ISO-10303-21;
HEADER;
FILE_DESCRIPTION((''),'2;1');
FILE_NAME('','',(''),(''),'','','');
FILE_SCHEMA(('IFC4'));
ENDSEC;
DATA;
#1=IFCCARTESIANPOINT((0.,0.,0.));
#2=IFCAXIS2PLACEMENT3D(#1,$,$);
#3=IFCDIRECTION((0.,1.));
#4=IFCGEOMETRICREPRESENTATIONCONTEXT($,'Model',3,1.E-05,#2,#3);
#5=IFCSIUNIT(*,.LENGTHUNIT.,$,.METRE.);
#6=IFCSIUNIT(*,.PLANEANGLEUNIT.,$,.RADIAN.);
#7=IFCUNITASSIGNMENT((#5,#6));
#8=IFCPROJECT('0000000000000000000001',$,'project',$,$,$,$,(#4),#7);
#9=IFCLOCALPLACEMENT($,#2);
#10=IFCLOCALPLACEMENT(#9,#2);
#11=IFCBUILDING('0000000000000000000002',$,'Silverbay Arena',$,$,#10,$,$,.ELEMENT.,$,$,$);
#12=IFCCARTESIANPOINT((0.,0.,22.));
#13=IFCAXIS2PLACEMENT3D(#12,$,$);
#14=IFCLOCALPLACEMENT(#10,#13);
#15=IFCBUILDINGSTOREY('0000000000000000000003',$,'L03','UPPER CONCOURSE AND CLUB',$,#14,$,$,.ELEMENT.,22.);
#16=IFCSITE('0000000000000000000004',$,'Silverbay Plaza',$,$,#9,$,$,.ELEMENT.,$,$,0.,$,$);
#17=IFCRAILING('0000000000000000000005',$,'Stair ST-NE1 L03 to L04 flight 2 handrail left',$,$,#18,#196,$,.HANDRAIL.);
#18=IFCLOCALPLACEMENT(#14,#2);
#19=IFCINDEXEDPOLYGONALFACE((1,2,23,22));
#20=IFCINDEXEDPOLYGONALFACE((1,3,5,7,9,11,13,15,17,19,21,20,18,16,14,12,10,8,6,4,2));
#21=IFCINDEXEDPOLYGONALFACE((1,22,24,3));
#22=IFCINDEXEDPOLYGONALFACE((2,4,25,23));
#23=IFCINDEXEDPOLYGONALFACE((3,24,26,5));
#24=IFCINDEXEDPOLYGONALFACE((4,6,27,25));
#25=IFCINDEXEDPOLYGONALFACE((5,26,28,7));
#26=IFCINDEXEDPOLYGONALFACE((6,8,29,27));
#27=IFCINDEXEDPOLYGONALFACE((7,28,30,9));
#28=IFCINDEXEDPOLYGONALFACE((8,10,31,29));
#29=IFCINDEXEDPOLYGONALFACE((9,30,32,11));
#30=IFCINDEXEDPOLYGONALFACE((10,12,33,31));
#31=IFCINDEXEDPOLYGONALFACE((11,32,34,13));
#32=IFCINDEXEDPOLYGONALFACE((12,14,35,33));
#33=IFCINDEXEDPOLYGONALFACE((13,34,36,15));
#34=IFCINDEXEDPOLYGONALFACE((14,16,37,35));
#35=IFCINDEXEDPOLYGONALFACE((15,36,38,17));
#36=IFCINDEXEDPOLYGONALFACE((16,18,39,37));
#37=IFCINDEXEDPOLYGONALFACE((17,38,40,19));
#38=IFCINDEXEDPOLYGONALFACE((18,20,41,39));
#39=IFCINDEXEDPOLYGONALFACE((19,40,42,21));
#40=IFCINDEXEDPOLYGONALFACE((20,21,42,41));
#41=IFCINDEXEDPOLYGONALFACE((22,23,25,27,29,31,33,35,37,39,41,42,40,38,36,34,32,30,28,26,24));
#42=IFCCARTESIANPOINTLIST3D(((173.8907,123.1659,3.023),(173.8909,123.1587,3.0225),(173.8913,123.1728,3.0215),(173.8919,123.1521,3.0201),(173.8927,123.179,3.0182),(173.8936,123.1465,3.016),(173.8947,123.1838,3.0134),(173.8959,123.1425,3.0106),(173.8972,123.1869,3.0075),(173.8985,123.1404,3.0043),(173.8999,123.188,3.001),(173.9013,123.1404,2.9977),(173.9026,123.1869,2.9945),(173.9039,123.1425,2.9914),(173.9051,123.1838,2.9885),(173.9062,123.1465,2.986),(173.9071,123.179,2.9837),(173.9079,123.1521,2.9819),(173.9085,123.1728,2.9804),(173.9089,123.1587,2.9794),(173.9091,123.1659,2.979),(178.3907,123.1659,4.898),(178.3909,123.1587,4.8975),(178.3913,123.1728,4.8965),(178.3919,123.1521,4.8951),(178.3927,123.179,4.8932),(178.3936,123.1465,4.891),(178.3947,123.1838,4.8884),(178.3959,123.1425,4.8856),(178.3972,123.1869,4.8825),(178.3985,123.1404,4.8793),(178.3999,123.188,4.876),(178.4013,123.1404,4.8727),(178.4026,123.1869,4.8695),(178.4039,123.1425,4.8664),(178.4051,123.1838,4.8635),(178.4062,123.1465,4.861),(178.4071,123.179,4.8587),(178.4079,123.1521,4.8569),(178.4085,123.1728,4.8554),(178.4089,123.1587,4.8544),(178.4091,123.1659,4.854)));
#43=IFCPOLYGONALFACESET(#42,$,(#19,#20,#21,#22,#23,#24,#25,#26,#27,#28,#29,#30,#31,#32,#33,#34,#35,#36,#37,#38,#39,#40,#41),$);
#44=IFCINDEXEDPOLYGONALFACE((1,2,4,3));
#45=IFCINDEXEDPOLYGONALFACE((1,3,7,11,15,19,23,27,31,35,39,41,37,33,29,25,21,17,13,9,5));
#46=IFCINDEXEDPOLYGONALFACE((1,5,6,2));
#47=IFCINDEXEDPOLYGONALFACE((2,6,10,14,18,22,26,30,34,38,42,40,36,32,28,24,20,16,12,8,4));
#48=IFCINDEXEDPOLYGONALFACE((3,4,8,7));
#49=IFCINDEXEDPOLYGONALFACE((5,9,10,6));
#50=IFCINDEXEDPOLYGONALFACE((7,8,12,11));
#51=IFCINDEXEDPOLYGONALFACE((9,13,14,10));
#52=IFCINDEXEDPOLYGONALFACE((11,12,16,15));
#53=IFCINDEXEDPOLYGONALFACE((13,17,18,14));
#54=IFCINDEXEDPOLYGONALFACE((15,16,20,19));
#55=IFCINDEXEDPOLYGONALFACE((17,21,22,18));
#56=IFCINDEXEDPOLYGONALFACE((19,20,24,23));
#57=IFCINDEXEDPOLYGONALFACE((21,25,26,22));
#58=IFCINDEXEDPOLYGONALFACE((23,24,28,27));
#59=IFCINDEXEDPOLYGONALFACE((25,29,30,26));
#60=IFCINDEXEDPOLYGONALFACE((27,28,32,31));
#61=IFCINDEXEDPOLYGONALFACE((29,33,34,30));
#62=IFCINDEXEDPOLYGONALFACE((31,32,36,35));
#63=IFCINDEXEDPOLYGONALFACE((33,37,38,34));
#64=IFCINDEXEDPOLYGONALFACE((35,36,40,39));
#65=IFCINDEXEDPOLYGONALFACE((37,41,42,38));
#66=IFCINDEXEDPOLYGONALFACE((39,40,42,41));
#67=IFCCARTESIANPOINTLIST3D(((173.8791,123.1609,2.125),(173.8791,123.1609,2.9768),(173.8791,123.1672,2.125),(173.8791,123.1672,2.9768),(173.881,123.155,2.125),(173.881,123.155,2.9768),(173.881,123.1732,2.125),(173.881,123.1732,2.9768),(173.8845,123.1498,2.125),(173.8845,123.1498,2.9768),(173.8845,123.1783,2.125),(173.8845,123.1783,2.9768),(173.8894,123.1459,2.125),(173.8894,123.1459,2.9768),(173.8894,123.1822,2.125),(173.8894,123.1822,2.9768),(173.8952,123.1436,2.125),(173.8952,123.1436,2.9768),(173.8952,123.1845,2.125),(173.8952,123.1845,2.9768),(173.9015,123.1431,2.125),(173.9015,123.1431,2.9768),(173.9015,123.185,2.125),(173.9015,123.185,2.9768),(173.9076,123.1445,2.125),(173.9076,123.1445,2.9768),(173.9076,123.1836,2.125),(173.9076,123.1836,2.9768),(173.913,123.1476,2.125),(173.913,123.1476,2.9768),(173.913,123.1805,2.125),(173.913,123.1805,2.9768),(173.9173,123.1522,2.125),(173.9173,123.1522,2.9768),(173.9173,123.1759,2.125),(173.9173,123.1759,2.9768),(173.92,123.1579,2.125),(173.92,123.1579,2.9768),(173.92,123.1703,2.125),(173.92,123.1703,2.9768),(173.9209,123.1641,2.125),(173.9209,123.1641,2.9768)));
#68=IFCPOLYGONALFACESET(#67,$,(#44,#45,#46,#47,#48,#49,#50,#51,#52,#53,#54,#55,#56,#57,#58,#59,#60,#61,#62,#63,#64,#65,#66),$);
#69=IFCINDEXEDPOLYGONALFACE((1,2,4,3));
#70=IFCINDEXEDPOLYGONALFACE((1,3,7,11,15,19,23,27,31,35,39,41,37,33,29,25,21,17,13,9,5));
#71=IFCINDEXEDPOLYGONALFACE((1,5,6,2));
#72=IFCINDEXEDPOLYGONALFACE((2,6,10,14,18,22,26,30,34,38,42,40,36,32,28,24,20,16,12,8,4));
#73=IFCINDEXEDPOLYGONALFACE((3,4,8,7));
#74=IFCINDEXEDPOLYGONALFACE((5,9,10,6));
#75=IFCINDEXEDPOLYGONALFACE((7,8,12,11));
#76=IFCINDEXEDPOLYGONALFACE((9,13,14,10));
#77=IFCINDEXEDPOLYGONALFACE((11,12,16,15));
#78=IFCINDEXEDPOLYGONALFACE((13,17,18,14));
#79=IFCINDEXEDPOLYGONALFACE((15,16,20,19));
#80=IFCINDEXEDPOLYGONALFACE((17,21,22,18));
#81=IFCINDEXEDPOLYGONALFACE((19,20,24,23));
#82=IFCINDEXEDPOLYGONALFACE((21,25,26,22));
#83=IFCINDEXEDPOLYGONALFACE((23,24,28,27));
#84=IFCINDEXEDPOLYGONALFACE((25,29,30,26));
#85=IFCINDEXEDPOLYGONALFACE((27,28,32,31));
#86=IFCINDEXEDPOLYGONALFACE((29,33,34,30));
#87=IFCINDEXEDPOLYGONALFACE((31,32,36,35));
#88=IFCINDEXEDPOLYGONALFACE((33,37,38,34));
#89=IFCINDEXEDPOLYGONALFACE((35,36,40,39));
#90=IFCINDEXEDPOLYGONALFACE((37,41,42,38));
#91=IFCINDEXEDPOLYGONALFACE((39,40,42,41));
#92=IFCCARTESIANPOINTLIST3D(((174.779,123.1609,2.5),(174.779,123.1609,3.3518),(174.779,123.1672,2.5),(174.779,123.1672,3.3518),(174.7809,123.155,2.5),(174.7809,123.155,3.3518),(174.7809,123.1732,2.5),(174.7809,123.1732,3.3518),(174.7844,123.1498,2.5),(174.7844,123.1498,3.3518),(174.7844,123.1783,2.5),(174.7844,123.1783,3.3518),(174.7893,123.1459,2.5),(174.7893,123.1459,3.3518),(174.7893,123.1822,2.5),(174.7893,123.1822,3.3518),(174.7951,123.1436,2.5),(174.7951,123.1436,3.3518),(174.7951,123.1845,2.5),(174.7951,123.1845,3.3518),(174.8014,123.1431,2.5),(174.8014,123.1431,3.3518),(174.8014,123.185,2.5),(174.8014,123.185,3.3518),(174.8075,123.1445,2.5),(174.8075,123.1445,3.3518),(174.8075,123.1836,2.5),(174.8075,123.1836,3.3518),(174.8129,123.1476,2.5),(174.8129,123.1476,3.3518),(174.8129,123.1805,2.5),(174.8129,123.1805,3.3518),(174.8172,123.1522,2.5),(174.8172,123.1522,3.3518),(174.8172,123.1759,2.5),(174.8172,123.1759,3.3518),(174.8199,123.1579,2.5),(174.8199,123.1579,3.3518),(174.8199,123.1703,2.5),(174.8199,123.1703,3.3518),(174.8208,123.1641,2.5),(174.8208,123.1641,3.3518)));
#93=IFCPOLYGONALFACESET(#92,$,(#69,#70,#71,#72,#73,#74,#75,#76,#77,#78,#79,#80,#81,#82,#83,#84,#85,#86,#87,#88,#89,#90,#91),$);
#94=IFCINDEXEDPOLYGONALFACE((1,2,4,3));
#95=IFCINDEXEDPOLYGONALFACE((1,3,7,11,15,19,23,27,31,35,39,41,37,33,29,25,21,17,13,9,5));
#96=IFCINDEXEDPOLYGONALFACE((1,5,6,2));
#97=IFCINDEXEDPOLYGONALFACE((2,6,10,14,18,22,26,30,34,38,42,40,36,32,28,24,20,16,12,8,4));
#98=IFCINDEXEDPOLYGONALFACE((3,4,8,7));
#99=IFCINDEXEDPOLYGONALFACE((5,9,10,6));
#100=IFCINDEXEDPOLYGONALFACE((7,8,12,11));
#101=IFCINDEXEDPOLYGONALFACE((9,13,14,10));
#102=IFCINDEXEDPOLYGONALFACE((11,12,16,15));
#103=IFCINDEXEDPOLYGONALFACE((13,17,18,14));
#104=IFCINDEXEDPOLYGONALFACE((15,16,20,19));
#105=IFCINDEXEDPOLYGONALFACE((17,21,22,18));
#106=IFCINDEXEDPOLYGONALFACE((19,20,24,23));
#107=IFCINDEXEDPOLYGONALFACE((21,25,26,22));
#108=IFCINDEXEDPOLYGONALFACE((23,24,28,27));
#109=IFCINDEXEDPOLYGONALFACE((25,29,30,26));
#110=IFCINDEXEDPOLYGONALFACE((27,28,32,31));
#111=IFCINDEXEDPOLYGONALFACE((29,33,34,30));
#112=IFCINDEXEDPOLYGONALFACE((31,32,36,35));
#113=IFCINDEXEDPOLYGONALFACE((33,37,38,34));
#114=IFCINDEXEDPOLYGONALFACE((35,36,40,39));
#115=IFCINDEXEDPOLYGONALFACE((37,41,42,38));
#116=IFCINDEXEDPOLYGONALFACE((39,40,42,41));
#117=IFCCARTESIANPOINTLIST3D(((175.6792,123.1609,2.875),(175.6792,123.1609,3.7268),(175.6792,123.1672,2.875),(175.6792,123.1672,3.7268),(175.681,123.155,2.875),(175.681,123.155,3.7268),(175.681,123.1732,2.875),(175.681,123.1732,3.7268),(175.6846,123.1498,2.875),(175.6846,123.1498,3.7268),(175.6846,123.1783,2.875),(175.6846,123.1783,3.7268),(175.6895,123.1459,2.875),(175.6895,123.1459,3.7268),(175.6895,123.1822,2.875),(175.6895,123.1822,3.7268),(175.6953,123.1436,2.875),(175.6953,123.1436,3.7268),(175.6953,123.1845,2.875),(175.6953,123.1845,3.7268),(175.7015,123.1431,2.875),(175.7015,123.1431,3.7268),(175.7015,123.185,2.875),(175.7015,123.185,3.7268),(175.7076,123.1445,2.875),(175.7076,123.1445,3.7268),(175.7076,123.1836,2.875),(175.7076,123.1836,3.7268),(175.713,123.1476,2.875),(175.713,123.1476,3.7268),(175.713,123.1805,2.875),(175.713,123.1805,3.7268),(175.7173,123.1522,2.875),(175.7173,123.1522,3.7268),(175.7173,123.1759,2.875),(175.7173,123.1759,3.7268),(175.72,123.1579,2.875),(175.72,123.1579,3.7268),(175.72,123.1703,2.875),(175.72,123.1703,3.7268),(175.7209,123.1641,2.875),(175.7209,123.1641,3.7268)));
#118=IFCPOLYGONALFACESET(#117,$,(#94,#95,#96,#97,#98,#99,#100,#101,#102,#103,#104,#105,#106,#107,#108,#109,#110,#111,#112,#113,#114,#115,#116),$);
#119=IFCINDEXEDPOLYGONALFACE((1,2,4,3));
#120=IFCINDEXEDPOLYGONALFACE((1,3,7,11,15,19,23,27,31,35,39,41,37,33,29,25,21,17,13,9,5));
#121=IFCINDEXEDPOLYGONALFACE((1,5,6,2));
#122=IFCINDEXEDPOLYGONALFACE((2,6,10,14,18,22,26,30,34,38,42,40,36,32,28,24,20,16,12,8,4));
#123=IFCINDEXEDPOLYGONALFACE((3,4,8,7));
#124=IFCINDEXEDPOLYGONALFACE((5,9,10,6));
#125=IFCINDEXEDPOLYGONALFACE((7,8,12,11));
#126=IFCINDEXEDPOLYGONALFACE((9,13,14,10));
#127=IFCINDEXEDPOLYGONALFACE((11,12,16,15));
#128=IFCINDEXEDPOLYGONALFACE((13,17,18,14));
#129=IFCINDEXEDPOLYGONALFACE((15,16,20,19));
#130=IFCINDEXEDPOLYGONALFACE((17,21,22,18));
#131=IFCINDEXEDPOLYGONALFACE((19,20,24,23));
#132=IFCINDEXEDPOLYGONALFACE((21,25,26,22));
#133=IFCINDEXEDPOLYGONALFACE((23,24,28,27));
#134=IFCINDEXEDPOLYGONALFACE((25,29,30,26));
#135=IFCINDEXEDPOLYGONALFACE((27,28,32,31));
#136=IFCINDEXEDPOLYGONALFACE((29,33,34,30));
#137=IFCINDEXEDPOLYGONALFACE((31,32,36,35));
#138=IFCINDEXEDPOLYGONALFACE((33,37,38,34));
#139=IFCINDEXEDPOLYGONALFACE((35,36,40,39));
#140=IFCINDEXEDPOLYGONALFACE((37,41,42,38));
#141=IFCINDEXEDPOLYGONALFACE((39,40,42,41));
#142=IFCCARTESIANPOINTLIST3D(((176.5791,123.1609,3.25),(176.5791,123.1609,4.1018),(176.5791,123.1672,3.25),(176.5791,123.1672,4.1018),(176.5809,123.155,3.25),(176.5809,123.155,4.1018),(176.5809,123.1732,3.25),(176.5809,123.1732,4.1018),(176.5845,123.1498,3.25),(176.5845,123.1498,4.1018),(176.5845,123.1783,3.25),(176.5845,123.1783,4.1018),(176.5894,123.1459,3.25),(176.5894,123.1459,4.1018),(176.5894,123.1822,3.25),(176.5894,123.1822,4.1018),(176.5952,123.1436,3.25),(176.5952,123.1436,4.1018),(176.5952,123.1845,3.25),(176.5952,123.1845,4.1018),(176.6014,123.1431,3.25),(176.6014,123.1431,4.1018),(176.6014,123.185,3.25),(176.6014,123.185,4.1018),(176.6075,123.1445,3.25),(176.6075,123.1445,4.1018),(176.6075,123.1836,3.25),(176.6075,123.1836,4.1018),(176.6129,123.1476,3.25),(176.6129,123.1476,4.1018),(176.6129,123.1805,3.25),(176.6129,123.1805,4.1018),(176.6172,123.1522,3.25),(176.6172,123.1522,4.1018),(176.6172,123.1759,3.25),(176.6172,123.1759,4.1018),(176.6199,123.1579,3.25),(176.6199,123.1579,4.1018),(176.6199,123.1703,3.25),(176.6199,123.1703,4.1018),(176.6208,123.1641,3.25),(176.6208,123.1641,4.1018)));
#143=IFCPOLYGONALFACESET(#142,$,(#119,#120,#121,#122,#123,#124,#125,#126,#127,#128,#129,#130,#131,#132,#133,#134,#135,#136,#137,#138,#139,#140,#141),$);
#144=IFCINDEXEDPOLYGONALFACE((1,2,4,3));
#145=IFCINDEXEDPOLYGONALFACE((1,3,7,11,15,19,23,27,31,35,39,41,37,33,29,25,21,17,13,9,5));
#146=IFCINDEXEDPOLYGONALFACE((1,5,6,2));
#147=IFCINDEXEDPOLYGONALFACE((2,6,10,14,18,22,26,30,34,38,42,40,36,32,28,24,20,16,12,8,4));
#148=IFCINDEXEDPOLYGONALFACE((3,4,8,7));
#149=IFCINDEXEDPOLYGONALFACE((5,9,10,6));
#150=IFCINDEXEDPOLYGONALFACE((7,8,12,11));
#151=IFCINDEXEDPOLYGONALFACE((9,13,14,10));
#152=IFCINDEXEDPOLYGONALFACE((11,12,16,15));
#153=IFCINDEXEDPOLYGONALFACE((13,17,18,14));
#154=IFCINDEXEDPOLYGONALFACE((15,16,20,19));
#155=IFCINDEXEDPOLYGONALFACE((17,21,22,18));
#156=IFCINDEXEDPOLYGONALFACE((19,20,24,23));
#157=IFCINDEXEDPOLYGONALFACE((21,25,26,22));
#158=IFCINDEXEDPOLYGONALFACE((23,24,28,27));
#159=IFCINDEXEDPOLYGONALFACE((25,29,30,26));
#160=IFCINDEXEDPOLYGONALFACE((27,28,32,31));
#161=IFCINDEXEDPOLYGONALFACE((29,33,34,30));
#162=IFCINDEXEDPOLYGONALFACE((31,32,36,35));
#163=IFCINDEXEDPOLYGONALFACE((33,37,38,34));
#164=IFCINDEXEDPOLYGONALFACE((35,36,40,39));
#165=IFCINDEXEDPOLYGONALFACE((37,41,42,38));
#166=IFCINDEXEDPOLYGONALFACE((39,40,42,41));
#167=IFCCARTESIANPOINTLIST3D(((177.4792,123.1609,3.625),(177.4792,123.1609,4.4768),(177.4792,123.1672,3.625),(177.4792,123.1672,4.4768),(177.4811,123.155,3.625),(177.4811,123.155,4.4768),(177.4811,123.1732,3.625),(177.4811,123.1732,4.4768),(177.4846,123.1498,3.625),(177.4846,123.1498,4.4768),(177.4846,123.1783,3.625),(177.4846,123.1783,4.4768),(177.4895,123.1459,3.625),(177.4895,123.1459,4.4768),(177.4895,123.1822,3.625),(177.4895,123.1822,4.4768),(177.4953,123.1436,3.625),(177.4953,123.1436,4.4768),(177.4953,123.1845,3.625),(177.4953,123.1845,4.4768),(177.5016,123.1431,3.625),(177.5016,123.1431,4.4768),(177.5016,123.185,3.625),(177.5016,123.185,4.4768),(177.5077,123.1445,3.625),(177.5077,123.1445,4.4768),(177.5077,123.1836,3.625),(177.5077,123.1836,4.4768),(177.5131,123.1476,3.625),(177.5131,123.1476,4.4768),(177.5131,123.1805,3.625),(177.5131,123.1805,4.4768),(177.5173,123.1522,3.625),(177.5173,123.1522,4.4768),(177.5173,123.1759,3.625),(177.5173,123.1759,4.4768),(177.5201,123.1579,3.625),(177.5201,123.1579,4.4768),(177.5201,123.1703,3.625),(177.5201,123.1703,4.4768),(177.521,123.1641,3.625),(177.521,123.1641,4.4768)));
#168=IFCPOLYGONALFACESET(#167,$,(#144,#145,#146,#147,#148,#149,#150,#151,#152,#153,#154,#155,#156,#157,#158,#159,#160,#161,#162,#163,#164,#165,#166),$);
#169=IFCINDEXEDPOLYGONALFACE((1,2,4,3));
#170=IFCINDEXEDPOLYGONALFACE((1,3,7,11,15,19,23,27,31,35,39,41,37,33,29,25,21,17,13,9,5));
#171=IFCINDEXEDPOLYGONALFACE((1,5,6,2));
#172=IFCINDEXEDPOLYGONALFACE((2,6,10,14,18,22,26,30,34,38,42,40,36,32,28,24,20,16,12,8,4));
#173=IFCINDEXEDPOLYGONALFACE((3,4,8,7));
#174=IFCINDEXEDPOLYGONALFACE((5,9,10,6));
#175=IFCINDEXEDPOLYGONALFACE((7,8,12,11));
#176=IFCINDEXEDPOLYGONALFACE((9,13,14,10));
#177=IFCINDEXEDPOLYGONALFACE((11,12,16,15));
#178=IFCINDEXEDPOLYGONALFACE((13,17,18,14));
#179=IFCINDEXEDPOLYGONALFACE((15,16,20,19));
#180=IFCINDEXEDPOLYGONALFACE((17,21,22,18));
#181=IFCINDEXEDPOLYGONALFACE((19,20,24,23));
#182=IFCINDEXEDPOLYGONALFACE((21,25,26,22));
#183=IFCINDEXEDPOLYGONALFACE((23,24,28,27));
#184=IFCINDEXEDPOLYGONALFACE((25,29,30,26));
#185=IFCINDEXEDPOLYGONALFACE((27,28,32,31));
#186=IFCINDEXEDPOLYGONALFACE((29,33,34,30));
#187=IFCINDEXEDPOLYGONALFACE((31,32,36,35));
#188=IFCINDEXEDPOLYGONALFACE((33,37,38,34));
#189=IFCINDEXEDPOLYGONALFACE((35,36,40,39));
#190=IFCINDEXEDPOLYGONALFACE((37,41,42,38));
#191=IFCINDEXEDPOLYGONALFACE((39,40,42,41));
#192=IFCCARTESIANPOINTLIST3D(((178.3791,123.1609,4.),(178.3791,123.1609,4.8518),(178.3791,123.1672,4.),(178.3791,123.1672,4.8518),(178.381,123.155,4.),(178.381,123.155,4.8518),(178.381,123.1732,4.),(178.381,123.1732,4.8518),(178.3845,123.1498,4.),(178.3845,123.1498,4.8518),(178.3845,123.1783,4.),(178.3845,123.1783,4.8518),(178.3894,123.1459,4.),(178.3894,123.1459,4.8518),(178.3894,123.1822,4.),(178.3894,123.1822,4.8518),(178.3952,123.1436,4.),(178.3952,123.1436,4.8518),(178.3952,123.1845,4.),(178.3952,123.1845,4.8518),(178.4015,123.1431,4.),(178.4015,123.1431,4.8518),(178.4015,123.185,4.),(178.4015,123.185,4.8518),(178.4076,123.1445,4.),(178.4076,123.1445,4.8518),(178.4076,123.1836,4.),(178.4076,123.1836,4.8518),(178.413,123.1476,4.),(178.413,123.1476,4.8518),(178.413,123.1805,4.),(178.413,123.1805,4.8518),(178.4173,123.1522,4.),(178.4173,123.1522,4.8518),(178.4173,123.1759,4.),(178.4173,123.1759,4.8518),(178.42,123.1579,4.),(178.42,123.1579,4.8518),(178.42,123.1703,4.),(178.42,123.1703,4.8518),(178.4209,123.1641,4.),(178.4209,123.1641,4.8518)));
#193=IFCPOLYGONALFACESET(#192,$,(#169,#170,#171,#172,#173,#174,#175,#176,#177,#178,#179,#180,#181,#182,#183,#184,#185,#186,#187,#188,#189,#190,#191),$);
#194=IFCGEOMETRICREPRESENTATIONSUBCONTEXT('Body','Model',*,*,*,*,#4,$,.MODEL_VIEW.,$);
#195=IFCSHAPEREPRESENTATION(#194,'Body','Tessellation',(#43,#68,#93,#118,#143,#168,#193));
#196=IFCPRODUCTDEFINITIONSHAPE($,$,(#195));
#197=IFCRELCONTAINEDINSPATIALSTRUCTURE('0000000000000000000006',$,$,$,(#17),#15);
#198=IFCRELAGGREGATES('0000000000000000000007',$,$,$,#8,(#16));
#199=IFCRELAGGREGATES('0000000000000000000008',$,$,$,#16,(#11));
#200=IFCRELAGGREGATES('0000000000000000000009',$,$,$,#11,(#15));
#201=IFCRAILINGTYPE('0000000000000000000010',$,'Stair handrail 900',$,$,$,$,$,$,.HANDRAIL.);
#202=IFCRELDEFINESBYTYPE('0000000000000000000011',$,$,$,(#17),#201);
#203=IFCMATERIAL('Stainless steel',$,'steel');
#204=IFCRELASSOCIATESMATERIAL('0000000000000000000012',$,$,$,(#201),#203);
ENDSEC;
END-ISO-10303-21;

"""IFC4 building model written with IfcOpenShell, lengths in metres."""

from ifc_helpers import new_model, si_unit, direction, frame, origin, origin_2d, place, context, subcontext, project, spatial, circle, extrude, material, type_object, element, save


model = new_model("IFC4")

# Units and contexts
model_context = context("Model", 3, precision=1e-05, world=origin(), true_north=direction((0.0, 1.0)))
body_context = subcontext(model_context, "Body", "Model", "MODEL_VIEW")
ifc_project = project(units=[si_unit("LENGTHUNIT", "METRE"), si_unit("PLANEANGLEUNIT", "RADIAN")], contexts=[model_context])

# Site, building, storey
site_placement = place(None, origin())
site = spatial("IfcSite", under=ifc_project, at=site_placement, Name="Silverbay Plaza", CompositionType="ELEMENT", RefElevation=0.0)
building_placement = place(site_placement, origin())
building = spatial("IfcBuilding", under=site, at=building_placement, Name="Silverbay Arena", CompositionType="ELEMENT")
storey_placement = place(building_placement, frame((0.0, 0.0, 22.0)))
storey = spatial("IfcBuildingStorey", under=building, at=storey_placement, Name="L03", Description="UPPER CONCOURSE AND CLUB", CompositionType="ELEMENT", Elevation=22.0)

# Railing
ifc_material_1 = material(Name="Stainless steel", Category="steel")
railing_type_1 = type_object("IfcRailingType", Name="Stair handrail 900", PredefinedType="HANDRAIL", material=ifc_material_1)
for number, where, name in (
    (1, (173.8999, 123.1641, 2.125), "Stair ST-NE1 L03 to L04 flight 2 handrail left"),
):
    element("IfcRailing", number, at=place(storey_placement, frame(where)), inside=storey, type_object=railing_type_1, Name=name, PredefinedType="HANDRAIL", context=body_context, shape_type="SweptSolid", body=[
        extrude(circle(Radius=0.0239, at=origin_2d()), frame((0.0, 0.0, 0.876), z_axis=(0.923077, 0.0, 0.384615), x_axis=(0.0, 1.0, 0.0)), (0.0, 0.0, 1.0), 4.875),
        extrude(circle(Radius=0.021, at=origin_2d()), origin(), (0.0, 0.0, 1.0), 0.8518),
        extrude(circle(Radius=0.021, at=origin_2d()), frame((0.8999, 0.0, 0.375)), (0.0, 0.0, 1.0), 0.8518),
        extrude(circle(Radius=0.021, at=origin_2d()), frame((1.8, 0.0, 0.75)), (0.0, 0.0, 1.0), 0.8518),
        extrude(circle(Radius=0.021, at=origin_2d()), frame((2.7, 0.0, 1.125)), (0.0, 0.0, 1.0), 0.8518),
        extrude(circle(Radius=0.021, at=origin_2d()), frame((3.6001, 0.0, 1.5)), (0.0, 0.0, 1.0), 0.8518),
        extrude(circle(Radius=0.021, at=origin_2d()), frame((4.5, 0.0, 1.875)), (0.0, 0.0, 1.0), 0.8518),
    ])

save(model, "model.ifc")
